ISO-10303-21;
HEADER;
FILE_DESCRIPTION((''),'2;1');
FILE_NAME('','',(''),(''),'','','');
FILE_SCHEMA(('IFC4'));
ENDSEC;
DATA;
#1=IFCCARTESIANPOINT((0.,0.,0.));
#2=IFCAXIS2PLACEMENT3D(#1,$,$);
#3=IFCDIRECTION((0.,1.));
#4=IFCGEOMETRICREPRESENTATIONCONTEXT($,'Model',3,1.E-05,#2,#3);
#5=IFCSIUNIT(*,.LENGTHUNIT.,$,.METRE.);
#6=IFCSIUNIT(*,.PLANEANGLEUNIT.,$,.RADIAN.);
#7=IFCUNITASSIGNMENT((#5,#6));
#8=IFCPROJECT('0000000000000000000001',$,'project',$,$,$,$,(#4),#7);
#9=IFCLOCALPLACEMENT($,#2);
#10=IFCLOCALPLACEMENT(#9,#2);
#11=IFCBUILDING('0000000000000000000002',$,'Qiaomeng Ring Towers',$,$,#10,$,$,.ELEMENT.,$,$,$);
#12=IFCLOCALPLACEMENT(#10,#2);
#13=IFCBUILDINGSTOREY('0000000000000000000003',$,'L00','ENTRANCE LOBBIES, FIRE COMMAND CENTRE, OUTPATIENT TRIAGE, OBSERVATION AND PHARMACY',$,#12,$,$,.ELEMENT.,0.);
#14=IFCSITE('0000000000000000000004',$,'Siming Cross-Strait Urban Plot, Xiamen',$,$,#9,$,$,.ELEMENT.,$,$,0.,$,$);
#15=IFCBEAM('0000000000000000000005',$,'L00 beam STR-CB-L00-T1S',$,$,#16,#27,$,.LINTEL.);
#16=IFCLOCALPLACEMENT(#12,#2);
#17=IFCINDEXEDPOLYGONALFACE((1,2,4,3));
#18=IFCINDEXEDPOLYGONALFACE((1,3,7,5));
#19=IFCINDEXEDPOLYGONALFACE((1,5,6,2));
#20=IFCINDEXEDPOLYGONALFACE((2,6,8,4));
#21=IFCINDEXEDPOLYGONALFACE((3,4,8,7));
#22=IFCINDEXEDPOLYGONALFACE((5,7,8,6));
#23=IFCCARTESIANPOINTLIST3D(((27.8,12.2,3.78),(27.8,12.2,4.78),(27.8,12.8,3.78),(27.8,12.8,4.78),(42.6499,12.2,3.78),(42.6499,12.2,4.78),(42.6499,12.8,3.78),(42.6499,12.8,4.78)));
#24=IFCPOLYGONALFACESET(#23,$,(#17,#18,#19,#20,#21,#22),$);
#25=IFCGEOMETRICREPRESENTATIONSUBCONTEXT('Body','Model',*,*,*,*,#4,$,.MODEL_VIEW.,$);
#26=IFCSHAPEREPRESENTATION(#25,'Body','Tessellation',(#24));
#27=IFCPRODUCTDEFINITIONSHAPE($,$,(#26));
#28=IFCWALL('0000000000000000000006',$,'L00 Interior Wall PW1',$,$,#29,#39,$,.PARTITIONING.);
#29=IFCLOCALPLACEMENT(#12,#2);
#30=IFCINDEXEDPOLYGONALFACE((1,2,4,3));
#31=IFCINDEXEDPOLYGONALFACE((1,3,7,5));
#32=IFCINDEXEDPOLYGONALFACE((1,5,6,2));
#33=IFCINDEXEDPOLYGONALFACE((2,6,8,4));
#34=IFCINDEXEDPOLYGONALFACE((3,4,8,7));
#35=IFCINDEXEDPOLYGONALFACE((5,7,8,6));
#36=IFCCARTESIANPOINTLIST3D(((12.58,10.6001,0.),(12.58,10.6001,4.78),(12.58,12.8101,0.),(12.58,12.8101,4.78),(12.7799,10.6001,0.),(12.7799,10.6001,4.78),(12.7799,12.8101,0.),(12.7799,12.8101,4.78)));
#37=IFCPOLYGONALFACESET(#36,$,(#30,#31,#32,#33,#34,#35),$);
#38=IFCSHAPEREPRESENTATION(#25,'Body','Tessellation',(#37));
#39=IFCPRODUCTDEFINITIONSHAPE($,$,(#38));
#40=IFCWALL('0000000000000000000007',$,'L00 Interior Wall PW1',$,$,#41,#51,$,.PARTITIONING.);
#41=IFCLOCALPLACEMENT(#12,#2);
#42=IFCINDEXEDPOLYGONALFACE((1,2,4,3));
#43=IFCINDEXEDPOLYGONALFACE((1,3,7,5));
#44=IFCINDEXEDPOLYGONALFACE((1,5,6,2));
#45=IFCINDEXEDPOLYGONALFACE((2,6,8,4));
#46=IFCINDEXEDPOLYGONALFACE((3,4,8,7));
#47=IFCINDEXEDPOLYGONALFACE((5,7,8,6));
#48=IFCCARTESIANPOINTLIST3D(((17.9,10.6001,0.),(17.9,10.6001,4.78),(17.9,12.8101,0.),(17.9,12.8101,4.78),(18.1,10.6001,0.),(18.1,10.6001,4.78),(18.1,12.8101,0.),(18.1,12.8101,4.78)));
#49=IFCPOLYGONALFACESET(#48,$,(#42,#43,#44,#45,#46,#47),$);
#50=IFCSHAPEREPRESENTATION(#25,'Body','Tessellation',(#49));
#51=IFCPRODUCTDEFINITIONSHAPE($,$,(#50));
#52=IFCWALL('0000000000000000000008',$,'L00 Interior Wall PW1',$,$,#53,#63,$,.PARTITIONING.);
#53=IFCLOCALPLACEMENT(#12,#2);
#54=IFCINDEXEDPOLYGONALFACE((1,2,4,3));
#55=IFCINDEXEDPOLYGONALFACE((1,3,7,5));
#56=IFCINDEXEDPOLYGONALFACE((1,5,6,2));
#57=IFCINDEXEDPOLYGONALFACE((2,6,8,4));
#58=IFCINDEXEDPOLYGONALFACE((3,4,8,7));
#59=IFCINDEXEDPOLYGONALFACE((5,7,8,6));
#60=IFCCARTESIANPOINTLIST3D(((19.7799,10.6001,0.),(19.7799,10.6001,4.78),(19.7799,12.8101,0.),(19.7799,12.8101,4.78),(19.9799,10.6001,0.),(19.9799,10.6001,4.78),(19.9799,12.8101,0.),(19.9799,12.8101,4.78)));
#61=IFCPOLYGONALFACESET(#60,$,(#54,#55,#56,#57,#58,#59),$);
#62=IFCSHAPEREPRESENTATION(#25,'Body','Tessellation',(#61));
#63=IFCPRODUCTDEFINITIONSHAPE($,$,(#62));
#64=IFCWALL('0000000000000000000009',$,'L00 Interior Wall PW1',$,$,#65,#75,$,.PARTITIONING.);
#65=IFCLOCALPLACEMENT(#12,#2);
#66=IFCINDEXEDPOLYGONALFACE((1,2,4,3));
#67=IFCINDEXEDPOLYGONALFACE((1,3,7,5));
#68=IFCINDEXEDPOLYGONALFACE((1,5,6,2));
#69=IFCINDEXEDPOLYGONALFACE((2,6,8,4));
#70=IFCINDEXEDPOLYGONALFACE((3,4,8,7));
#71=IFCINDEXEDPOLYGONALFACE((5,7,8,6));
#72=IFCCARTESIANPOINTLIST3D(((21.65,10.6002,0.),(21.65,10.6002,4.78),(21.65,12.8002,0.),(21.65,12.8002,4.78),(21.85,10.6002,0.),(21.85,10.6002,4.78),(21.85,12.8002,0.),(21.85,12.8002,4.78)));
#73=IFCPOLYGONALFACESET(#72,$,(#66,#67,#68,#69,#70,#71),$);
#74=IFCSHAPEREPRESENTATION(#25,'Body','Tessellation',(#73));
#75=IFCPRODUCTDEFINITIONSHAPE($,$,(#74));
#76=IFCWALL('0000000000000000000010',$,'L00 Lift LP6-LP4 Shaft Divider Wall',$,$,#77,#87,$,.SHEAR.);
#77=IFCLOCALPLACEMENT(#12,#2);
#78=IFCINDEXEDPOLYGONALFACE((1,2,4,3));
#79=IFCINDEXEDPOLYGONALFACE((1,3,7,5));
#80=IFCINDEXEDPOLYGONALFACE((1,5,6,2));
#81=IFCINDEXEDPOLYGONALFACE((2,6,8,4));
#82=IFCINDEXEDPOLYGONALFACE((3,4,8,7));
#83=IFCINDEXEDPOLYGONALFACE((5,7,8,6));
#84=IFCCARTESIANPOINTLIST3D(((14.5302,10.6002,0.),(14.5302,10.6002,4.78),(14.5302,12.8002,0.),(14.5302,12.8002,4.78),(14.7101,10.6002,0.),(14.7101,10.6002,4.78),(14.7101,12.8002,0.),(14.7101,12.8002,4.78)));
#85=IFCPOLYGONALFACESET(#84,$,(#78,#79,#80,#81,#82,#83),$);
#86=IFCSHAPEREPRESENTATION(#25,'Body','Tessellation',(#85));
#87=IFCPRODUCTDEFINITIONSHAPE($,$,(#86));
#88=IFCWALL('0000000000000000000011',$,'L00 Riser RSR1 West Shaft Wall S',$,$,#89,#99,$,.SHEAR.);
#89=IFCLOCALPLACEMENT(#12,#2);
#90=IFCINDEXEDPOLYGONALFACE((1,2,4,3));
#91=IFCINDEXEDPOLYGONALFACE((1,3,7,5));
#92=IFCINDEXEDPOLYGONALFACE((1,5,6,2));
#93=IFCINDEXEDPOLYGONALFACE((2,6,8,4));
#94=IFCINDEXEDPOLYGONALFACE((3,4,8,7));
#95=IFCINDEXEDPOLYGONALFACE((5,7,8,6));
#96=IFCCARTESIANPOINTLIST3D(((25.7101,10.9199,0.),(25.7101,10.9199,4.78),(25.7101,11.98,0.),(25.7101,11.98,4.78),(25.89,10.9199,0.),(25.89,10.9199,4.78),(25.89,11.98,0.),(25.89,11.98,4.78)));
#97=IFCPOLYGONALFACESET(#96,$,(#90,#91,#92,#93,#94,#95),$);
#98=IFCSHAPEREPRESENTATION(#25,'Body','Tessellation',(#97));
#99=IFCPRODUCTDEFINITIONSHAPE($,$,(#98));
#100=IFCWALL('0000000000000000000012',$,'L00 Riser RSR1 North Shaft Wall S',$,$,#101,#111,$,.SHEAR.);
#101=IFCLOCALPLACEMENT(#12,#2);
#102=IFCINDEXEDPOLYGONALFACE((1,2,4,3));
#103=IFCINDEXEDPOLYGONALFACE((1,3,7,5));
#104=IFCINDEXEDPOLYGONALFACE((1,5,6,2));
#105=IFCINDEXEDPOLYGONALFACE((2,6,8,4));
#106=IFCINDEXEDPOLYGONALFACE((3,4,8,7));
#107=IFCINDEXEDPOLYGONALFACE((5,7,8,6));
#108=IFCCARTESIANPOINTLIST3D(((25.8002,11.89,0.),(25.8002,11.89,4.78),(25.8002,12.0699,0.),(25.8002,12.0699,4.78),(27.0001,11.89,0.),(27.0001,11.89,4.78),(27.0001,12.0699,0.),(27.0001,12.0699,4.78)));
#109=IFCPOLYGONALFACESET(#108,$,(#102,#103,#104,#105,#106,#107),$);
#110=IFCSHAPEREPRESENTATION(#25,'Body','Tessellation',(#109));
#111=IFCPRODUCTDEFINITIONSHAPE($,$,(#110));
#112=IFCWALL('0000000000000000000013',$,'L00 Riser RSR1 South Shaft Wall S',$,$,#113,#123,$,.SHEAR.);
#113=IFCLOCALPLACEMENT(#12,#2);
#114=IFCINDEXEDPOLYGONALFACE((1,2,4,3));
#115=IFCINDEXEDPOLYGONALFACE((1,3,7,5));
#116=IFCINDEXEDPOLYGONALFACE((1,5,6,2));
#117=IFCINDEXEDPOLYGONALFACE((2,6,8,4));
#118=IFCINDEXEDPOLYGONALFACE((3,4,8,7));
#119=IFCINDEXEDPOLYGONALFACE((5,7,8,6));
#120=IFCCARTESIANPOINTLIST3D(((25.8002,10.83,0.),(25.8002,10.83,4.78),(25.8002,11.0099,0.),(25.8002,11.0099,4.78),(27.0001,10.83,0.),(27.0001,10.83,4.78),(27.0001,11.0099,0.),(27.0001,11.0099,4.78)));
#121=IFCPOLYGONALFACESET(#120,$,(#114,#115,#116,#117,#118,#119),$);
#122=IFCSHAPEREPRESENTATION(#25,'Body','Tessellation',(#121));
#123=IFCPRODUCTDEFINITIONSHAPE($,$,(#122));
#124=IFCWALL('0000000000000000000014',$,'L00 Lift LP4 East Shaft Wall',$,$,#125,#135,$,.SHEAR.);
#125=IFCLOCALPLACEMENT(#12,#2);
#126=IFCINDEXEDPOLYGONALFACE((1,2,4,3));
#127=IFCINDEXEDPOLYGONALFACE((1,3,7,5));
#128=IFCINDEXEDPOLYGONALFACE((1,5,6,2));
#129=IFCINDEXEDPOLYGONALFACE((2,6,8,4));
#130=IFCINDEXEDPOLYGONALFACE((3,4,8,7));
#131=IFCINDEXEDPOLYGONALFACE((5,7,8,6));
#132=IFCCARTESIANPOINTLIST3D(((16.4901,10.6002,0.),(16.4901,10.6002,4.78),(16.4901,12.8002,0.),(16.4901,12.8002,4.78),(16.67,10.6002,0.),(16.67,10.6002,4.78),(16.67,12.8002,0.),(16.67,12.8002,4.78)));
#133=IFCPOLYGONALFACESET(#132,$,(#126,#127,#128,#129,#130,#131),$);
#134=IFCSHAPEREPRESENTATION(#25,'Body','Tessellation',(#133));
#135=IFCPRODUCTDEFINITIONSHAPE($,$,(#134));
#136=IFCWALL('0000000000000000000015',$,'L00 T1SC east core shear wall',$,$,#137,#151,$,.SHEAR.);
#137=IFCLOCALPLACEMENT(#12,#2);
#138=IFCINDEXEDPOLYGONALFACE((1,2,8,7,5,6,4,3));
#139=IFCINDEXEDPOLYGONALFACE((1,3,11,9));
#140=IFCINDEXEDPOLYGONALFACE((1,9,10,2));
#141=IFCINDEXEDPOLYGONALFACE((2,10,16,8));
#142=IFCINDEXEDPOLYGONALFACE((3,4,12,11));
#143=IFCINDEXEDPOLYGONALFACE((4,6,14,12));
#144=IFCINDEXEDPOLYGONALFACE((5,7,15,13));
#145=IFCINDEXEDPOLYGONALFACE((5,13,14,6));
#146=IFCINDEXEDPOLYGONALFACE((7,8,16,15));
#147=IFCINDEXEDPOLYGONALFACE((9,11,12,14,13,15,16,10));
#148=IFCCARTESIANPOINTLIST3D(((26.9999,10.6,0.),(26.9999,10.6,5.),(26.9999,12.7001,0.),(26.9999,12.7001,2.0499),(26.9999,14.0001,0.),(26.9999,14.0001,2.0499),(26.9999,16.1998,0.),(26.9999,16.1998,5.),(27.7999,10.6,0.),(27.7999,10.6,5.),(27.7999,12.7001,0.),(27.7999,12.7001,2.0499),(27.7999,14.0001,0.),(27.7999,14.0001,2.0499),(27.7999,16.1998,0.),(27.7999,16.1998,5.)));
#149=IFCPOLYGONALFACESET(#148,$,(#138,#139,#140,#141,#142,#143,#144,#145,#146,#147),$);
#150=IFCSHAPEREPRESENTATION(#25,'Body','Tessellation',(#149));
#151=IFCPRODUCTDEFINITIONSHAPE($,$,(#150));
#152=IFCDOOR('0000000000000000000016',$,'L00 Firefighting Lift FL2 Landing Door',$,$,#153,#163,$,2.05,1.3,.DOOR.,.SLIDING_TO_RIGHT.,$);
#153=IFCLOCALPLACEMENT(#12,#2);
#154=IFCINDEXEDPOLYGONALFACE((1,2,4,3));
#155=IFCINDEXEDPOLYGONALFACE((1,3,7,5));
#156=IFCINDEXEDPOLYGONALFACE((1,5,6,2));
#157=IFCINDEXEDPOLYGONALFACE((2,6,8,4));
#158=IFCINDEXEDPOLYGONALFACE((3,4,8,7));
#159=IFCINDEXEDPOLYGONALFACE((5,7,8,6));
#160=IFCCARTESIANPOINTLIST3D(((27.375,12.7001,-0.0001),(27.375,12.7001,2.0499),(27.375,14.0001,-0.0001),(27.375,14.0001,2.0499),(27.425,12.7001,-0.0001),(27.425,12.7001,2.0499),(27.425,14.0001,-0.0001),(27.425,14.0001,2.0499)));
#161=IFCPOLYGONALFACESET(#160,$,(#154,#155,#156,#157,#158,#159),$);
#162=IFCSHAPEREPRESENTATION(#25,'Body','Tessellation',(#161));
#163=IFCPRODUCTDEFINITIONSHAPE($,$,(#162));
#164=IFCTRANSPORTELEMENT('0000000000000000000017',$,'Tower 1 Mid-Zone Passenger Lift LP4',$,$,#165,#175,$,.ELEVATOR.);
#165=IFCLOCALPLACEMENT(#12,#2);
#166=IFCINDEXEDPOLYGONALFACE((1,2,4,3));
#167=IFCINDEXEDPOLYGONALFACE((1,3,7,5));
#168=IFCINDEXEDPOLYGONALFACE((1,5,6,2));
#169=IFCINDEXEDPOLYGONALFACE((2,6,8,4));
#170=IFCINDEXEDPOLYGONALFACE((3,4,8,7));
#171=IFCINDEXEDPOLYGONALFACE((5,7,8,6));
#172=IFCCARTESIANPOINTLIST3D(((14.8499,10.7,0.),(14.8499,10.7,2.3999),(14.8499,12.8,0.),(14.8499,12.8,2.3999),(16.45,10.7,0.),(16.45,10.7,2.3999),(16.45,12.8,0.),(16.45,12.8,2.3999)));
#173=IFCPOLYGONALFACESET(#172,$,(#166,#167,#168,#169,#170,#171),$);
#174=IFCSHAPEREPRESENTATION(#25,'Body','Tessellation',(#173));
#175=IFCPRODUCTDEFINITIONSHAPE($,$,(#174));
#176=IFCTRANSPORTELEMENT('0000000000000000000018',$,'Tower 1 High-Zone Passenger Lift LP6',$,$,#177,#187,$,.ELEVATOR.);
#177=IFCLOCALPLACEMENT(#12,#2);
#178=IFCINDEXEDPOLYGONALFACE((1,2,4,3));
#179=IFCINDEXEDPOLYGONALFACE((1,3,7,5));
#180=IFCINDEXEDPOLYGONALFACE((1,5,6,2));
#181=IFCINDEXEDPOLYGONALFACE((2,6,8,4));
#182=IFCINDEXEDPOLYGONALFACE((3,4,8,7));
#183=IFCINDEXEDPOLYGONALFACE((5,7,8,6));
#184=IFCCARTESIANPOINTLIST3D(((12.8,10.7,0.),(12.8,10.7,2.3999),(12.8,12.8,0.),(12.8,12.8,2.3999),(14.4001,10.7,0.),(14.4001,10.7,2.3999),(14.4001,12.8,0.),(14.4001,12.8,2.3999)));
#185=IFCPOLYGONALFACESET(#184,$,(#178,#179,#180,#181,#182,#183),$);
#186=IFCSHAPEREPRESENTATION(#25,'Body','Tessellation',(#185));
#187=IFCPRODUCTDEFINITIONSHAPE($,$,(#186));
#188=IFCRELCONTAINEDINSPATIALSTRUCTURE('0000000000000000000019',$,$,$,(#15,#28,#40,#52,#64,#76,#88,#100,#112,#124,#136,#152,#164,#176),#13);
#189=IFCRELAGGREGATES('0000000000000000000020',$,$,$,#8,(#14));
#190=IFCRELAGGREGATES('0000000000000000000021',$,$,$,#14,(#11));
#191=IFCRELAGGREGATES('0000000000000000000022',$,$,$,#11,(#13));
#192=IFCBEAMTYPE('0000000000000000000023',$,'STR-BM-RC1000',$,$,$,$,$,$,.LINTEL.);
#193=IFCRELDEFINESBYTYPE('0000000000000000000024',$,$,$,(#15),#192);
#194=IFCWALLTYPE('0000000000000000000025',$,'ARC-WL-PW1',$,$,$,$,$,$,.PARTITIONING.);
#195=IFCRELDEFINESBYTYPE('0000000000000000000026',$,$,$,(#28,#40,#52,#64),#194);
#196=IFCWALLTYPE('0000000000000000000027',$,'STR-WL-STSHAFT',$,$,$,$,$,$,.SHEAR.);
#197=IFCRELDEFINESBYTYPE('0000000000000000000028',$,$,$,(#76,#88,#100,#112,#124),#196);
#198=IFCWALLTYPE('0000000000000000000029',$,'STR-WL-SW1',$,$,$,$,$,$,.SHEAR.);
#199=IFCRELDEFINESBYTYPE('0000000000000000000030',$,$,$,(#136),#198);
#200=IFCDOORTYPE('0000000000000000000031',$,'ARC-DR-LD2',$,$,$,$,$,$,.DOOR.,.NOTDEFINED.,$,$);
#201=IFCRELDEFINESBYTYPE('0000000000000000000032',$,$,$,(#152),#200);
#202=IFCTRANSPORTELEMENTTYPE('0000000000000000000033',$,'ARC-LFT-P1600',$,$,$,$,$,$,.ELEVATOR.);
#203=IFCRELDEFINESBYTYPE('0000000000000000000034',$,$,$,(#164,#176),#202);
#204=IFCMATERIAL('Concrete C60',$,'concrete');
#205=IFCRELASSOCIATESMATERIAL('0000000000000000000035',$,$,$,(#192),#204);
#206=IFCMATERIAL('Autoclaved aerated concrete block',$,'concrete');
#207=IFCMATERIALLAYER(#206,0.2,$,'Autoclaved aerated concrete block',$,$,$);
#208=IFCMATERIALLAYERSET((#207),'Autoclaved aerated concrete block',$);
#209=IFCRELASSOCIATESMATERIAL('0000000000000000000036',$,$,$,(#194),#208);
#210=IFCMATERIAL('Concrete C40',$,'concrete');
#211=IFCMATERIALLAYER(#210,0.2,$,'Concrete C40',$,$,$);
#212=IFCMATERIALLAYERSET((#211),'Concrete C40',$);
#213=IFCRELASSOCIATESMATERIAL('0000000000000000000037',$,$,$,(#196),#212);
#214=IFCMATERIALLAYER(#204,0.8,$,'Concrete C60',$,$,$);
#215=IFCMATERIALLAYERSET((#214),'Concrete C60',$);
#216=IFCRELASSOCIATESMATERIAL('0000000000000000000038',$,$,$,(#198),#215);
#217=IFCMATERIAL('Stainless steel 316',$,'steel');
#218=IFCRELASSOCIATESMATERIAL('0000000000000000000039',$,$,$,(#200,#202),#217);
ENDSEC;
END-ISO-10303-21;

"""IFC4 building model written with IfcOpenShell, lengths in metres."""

from ifc_helpers import new_model, si_unit, direction, frame, frame_2d, origin, origin_2d, place, context, subcontext, project, spatial, rectangle, extrude, source, transform, mapped, material, layer, layer_set, material_profile, profile_set, type_object, element, fill, save


model = new_model("IFC4")

# Units and contexts
model_context = context("Model", 3, precision=1e-05, world=origin(), true_north=direction((0.0, 1.0)))
body_context = subcontext(model_context, "Body", "Model", "MODEL_VIEW")
ifc_project = project(units=[si_unit("LENGTHUNIT", "METRE"), si_unit("PLANEANGLEUNIT", "RADIAN")], contexts=[model_context])

# Site, building, storey
site_placement = place(None, origin())
site = spatial("IfcSite", under=ifc_project, at=site_placement, Name="Siming Cross-Strait Urban Plot, Xiamen", CompositionType="ELEMENT", RefElevation=0.0)
building_placement = place(site_placement, origin())
building = spatial("IfcBuilding", under=site, at=building_placement, Name="Qiaomeng Ring Towers", CompositionType="ELEMENT")
storey_placement = place(building_placement, origin())
storey = spatial("IfcBuildingStorey", under=building, at=storey_placement, Name="L00", Description="ENTRANCE LOBBIES, FIRE COMMAND CENTRE, OUTPATIENT TRIAGE, OBSERVATION AND PHARMACY", CompositionType="ELEMENT", Elevation=0.0)

# Beam
ifc_material_1 = material(Name="Concrete C60", Category="concrete")
ifc_material_profile = material_profile(ifc_material_1, rectangle(XDim=0.6001, YDim=1.0, at=origin_2d()), Name="RC BM 600x1000")
ifc_profile_set = profile_set([ifc_material_profile], Name="Concrete C60")
beam_type = type_object("IfcBeamType", Name="STR-BM-RC1000", PredefinedType="LINTEL", material=ifc_profile_set)
shared_shape_1 = source(origin(), body_context, "Body", "SweptSolid", [
    extrude(rectangle(XDim=0.6001, YDim=1.0, at=origin_2d()), origin(), (0.0, 0.0, 1.0), 14.8499),
])
beam_placement = place(storey_placement, frame((27.8, 12.5, 4.28), z_axis=(1.0, 0.0, 0.0), x_axis=(0.0, 1.0, 0.0)))
element("IfcBeam", 1, at=beam_placement, inside=storey, type_object=beam_type, Name="L00 beam STR-CB-L00-T1S", PredefinedType="LINTEL", context=body_context, shape_type="MappedRepresentation", body=[
    mapped(shared_shape_1, transform((0.0, 0.0, 0.0), x_axis=(1.0, 0.0, 0.0), y_axis=(0.0, 1.0, 0.0), z_axis=(0.0, 0.0, 1.0), scale=1.0)),
])

# Walls
ifc_material_2 = material(Name="Autoclaved aerated concrete block", Category="concrete")
ifc_layer_1 = layer(ifc_material_2, 0.2, Name="Autoclaved aerated concrete block")
ifc_layer_set_1 = layer_set([ifc_layer_1], Name="Autoclaved aerated concrete block")
wall_type_1 = type_object("IfcWallType", Name="ARC-WL-PW1", PredefinedType="PARTITIONING", material=ifc_layer_set_1)
for number, where, z_axis, x_axis, name in (
    (2, (12.6799, 10.6001, 0.0), (0.0, 0.0, 1.0), (0.0, 1.0, 0.0), "L00 Interior Wall PW1"),
    (3, (18.0, 10.6001, 0.0), (0.0, 0.0, 1.0), (0.0, 1.0, 0.0), "L00 Interior Wall PW1"),
    (4, (19.8799, 10.6001, 0.0), (0.0, 0.0, 1.0), (0.0, 1.0, 0.0), "L00 Interior Wall PW1"),
):
    element("IfcWall", number, at=place(storey_placement, frame(where, z_axis=z_axis, x_axis=x_axis)), inside=storey, type_object=wall_type_1, Name=name, PredefinedType="PARTITIONING", context=body_context, shape_type="SweptSolid", body=[
        extrude(rectangle(XDim=2.21, YDim=0.2, at=frame_2d((1.105, 0.0))), origin(), (0.0, 0.0, 1.0), 4.78),
    ])
wall_1_placement = place(storey_placement, frame((21.75, 10.6001, 0.0), z_axis=(0.0, 0.0, 1.0), x_axis=(0.0, 1.0, 0.0)))
element("IfcWall", 5, at=wall_1_placement, inside=storey, type_object=wall_type_1, Name="L00 Interior Wall PW1", PredefinedType="PARTITIONING", context=body_context, shape_type="SweptSolid", body=[
    extrude(rectangle(XDim=2.2, YDim=0.2, at=frame_2d((1.1001, 0.0))), origin(), (0.0, 0.0, 1.0), 4.78),
])
ifc_material_3 = material(Name="Concrete C40", Category="concrete")
ifc_layer_2 = layer(ifc_material_3, 0.2, Name="Concrete C40")
ifc_layer_set_2 = layer_set([ifc_layer_2], Name="Concrete C40")
wall_type_2 = type_object("IfcWallType", Name="STR-WL-STSHAFT", PredefinedType="SHEAR", material=ifc_layer_set_2)
wall_2_placement = place(storey_placement, frame((14.6201, 10.6001, 0.0), z_axis=(0.0, 0.0, 1.0), x_axis=(0.0, 1.0, 0.0)))
element("IfcWall", 6, at=wall_2_placement, inside=storey, type_object=wall_type_2, Name="L00 Lift LP6-LP4 Shaft Divider Wall", PredefinedType="SHEAR", context=body_context, shape_type="SweptSolid", body=[
    extrude(rectangle(XDim=2.2, YDim=0.1799, at=frame_2d((1.1001, 0.0))), origin(), (0.0, 0.0, 1.0), 4.78),
])
wall_3_placement = place(storey_placement, frame((25.8, 10.9199, 0.0), z_axis=(0.0, 0.0, 1.0), x_axis=(0.0, 1.0, 0.0)))
element("IfcWall", 7, at=wall_3_placement, inside=storey, type_object=wall_type_2, Name="L00 Riser RSR1 West Shaft Wall S", PredefinedType="SHEAR", context=body_context, shape_type="SweptSolid", body=[
    extrude(rectangle(XDim=1.0601, YDim=0.1799, at=frame_2d((0.53, 0.0))), origin(), (0.0, 0.0, 1.0), 4.78),
])
for number, where, z_axis, x_axis, name in (
    (8, (25.8, 11.98, 0.0), (0.0, 0.0, 1.0), (1.0, 0.0, 0.0), "L00 Riser RSR1 North Shaft Wall S"),
    (9, (25.8, 10.9199, 0.0), (0.0, 0.0, 1.0), (1.0, 0.0, 0.0), "L00 Riser RSR1 South Shaft Wall S"),
):
    element("IfcWall", number, at=place(storey_placement, frame(where, z_axis=z_axis, x_axis=x_axis)), inside=storey, type_object=wall_type_2, Name=name, PredefinedType="SHEAR", context=body_context, shape_type="SweptSolid", body=[
        extrude(rectangle(XDim=1.2, YDim=0.1799, at=frame_2d((0.6001, 0.0))), origin(), (0.0, 0.0, 1.0), 4.78),
    ])
wall_4_placement = place(storey_placement, frame((16.5801, 10.6001, 0.0), z_axis=(0.0, 0.0, 1.0), x_axis=(0.0, 1.0, 0.0)))
element("IfcWall", 10, at=wall_4_placement, inside=storey, type_object=wall_type_2, Name="L00 Lift LP4 East Shaft Wall", PredefinedType="SHEAR", context=body_context, shape_type="SweptSolid", body=[
    extrude(rectangle(XDim=2.2, YDim=0.1799, at=frame_2d((1.1001, 0.0))), origin(), (0.0, 0.0, 1.0), 4.78),
])

# Wall, opening, door
ifc_layer_3 = layer(ifc_material_1, 0.8, Name="Concrete C60")
ifc_layer_set_3 = layer_set([ifc_layer_3], Name="Concrete C60")
wall_type_3 = type_object("IfcWallType", Name="STR-WL-SW1", PredefinedType="SHEAR", material=ifc_layer_set_3)
wall_5_placement = place(storey_placement, frame((27.3999, 10.6001, 0.0), z_axis=(0.0, 0.0, 1.0), x_axis=(0.0, 1.0, 0.0)))
wall_5 = element("IfcWall", 11, at=wall_5_placement, inside=storey, type_object=wall_type_3, Name="L00 T1SC east core shear wall", PredefinedType="SHEAR", context=body_context, shape_type="SweptSolid", body=[
    extrude(rectangle(XDim=5.5999, YDim=0.8, at=frame_2d((2.7998, 0.0))), origin(), (0.0, 0.0, 1.0), 5.0),
])
opening_placement = place(wall_5_placement, frame((2.1001, 0.0, 0.0)))
opening = element("IfcOpeningElement", 12, at=opening_placement, cuts=wall_5, PredefinedType="OPENING", context=body_context, shape_type="SweptSolid", body=[
    extrude(rectangle(XDim=1.3, YDim=2.05, at=frame_2d((0.6499, 1.0249))), frame((0.0, 0.4099, 0.0), z_axis=(0.0, -1.0, 0.0), x_axis=(1.0, 0.0, 0.0)), (0.0, 0.0, 1.0), 0.8201),
])
ifc_material_4 = material(Name="Stainless steel 316", Category="steel")
door_type = type_object("IfcDoorType", Name="ARC-DR-LD2", OperationType="NOTDEFINED", PredefinedType="DOOR", material=ifc_material_4)
shared_shape_2 = source(origin(), body_context, "Body", "SweptSolid", [
    extrude(rectangle(XDim=1.3, YDim=2.05, at=frame_2d((0.6499, 1.0249))), frame((0.0, 0.0249, 0.0), z_axis=(0.0, -1.0, 0.0), x_axis=(1.0, 0.0, 0.0)), (0.0, 0.0, 1.0), 0.05),
])
door_placement = place(opening_placement, origin())
door = element("IfcDoor", 13, at=door_placement, inside=storey, type_object=door_type, Name="L00 Firefighting Lift FL2 Landing Door", OperationType="SLIDING_TO_RIGHT", OverallHeight=2.05, OverallWidth=1.3, PredefinedType="DOOR", context=body_context, shape_type="MappedRepresentation", body=[
    mapped(shared_shape_2, transform((0.0, 0.0, 0.0), x_axis=(1.0, 0.0, 0.0), y_axis=(0.0, 1.0, 0.0), z_axis=(0.0, 0.0, 1.0), scale=1.0)),
])
fill(opening, door)

# Transport elements
transport_element_type = type_object("IfcTransportElementType", Name="ARC-LFT-P1600", PredefinedType="ELEVATOR", material=ifc_material_4)
shared_shape_3 = source(origin(), body_context, "Body", "SweptSolid", [
    extrude(rectangle(XDim=1.6001, YDim=2.1001, at=origin_2d()), origin(), (0.0, 0.0, 1.0), 2.3999),
])
for number, where, z_axis, x_axis, name in (
    (14, (15.6499, 11.75, 0.0), (0.0, 0.0, 1.0), (1.0, 0.0, 0.0), "Tower 1 Mid-Zone Passenger Lift LP4"),
    (15, (13.6001, 11.75, 0.0), (0.0, 0.0, 1.0), (1.0, 0.0, 0.0), "Tower 1 High-Zone Passenger Lift LP6"),
):
    element("IfcTransportElement", number, at=place(storey_placement, frame(where, z_axis=z_axis, x_axis=x_axis)), inside=storey, type_object=transport_element_type, Name=name, PredefinedType="ELEVATOR", context=body_context, shape_type="MappedRepresentation", body=[
        mapped(shared_shape_3, transform((0.0, 0.0, 0.0), x_axis=(1.0, 0.0, 0.0), y_axis=(0.0, 1.0, 0.0), z_axis=(0.0, 0.0, 1.0), scale=1.0)),
    ])

save(model, "model.ifc")
